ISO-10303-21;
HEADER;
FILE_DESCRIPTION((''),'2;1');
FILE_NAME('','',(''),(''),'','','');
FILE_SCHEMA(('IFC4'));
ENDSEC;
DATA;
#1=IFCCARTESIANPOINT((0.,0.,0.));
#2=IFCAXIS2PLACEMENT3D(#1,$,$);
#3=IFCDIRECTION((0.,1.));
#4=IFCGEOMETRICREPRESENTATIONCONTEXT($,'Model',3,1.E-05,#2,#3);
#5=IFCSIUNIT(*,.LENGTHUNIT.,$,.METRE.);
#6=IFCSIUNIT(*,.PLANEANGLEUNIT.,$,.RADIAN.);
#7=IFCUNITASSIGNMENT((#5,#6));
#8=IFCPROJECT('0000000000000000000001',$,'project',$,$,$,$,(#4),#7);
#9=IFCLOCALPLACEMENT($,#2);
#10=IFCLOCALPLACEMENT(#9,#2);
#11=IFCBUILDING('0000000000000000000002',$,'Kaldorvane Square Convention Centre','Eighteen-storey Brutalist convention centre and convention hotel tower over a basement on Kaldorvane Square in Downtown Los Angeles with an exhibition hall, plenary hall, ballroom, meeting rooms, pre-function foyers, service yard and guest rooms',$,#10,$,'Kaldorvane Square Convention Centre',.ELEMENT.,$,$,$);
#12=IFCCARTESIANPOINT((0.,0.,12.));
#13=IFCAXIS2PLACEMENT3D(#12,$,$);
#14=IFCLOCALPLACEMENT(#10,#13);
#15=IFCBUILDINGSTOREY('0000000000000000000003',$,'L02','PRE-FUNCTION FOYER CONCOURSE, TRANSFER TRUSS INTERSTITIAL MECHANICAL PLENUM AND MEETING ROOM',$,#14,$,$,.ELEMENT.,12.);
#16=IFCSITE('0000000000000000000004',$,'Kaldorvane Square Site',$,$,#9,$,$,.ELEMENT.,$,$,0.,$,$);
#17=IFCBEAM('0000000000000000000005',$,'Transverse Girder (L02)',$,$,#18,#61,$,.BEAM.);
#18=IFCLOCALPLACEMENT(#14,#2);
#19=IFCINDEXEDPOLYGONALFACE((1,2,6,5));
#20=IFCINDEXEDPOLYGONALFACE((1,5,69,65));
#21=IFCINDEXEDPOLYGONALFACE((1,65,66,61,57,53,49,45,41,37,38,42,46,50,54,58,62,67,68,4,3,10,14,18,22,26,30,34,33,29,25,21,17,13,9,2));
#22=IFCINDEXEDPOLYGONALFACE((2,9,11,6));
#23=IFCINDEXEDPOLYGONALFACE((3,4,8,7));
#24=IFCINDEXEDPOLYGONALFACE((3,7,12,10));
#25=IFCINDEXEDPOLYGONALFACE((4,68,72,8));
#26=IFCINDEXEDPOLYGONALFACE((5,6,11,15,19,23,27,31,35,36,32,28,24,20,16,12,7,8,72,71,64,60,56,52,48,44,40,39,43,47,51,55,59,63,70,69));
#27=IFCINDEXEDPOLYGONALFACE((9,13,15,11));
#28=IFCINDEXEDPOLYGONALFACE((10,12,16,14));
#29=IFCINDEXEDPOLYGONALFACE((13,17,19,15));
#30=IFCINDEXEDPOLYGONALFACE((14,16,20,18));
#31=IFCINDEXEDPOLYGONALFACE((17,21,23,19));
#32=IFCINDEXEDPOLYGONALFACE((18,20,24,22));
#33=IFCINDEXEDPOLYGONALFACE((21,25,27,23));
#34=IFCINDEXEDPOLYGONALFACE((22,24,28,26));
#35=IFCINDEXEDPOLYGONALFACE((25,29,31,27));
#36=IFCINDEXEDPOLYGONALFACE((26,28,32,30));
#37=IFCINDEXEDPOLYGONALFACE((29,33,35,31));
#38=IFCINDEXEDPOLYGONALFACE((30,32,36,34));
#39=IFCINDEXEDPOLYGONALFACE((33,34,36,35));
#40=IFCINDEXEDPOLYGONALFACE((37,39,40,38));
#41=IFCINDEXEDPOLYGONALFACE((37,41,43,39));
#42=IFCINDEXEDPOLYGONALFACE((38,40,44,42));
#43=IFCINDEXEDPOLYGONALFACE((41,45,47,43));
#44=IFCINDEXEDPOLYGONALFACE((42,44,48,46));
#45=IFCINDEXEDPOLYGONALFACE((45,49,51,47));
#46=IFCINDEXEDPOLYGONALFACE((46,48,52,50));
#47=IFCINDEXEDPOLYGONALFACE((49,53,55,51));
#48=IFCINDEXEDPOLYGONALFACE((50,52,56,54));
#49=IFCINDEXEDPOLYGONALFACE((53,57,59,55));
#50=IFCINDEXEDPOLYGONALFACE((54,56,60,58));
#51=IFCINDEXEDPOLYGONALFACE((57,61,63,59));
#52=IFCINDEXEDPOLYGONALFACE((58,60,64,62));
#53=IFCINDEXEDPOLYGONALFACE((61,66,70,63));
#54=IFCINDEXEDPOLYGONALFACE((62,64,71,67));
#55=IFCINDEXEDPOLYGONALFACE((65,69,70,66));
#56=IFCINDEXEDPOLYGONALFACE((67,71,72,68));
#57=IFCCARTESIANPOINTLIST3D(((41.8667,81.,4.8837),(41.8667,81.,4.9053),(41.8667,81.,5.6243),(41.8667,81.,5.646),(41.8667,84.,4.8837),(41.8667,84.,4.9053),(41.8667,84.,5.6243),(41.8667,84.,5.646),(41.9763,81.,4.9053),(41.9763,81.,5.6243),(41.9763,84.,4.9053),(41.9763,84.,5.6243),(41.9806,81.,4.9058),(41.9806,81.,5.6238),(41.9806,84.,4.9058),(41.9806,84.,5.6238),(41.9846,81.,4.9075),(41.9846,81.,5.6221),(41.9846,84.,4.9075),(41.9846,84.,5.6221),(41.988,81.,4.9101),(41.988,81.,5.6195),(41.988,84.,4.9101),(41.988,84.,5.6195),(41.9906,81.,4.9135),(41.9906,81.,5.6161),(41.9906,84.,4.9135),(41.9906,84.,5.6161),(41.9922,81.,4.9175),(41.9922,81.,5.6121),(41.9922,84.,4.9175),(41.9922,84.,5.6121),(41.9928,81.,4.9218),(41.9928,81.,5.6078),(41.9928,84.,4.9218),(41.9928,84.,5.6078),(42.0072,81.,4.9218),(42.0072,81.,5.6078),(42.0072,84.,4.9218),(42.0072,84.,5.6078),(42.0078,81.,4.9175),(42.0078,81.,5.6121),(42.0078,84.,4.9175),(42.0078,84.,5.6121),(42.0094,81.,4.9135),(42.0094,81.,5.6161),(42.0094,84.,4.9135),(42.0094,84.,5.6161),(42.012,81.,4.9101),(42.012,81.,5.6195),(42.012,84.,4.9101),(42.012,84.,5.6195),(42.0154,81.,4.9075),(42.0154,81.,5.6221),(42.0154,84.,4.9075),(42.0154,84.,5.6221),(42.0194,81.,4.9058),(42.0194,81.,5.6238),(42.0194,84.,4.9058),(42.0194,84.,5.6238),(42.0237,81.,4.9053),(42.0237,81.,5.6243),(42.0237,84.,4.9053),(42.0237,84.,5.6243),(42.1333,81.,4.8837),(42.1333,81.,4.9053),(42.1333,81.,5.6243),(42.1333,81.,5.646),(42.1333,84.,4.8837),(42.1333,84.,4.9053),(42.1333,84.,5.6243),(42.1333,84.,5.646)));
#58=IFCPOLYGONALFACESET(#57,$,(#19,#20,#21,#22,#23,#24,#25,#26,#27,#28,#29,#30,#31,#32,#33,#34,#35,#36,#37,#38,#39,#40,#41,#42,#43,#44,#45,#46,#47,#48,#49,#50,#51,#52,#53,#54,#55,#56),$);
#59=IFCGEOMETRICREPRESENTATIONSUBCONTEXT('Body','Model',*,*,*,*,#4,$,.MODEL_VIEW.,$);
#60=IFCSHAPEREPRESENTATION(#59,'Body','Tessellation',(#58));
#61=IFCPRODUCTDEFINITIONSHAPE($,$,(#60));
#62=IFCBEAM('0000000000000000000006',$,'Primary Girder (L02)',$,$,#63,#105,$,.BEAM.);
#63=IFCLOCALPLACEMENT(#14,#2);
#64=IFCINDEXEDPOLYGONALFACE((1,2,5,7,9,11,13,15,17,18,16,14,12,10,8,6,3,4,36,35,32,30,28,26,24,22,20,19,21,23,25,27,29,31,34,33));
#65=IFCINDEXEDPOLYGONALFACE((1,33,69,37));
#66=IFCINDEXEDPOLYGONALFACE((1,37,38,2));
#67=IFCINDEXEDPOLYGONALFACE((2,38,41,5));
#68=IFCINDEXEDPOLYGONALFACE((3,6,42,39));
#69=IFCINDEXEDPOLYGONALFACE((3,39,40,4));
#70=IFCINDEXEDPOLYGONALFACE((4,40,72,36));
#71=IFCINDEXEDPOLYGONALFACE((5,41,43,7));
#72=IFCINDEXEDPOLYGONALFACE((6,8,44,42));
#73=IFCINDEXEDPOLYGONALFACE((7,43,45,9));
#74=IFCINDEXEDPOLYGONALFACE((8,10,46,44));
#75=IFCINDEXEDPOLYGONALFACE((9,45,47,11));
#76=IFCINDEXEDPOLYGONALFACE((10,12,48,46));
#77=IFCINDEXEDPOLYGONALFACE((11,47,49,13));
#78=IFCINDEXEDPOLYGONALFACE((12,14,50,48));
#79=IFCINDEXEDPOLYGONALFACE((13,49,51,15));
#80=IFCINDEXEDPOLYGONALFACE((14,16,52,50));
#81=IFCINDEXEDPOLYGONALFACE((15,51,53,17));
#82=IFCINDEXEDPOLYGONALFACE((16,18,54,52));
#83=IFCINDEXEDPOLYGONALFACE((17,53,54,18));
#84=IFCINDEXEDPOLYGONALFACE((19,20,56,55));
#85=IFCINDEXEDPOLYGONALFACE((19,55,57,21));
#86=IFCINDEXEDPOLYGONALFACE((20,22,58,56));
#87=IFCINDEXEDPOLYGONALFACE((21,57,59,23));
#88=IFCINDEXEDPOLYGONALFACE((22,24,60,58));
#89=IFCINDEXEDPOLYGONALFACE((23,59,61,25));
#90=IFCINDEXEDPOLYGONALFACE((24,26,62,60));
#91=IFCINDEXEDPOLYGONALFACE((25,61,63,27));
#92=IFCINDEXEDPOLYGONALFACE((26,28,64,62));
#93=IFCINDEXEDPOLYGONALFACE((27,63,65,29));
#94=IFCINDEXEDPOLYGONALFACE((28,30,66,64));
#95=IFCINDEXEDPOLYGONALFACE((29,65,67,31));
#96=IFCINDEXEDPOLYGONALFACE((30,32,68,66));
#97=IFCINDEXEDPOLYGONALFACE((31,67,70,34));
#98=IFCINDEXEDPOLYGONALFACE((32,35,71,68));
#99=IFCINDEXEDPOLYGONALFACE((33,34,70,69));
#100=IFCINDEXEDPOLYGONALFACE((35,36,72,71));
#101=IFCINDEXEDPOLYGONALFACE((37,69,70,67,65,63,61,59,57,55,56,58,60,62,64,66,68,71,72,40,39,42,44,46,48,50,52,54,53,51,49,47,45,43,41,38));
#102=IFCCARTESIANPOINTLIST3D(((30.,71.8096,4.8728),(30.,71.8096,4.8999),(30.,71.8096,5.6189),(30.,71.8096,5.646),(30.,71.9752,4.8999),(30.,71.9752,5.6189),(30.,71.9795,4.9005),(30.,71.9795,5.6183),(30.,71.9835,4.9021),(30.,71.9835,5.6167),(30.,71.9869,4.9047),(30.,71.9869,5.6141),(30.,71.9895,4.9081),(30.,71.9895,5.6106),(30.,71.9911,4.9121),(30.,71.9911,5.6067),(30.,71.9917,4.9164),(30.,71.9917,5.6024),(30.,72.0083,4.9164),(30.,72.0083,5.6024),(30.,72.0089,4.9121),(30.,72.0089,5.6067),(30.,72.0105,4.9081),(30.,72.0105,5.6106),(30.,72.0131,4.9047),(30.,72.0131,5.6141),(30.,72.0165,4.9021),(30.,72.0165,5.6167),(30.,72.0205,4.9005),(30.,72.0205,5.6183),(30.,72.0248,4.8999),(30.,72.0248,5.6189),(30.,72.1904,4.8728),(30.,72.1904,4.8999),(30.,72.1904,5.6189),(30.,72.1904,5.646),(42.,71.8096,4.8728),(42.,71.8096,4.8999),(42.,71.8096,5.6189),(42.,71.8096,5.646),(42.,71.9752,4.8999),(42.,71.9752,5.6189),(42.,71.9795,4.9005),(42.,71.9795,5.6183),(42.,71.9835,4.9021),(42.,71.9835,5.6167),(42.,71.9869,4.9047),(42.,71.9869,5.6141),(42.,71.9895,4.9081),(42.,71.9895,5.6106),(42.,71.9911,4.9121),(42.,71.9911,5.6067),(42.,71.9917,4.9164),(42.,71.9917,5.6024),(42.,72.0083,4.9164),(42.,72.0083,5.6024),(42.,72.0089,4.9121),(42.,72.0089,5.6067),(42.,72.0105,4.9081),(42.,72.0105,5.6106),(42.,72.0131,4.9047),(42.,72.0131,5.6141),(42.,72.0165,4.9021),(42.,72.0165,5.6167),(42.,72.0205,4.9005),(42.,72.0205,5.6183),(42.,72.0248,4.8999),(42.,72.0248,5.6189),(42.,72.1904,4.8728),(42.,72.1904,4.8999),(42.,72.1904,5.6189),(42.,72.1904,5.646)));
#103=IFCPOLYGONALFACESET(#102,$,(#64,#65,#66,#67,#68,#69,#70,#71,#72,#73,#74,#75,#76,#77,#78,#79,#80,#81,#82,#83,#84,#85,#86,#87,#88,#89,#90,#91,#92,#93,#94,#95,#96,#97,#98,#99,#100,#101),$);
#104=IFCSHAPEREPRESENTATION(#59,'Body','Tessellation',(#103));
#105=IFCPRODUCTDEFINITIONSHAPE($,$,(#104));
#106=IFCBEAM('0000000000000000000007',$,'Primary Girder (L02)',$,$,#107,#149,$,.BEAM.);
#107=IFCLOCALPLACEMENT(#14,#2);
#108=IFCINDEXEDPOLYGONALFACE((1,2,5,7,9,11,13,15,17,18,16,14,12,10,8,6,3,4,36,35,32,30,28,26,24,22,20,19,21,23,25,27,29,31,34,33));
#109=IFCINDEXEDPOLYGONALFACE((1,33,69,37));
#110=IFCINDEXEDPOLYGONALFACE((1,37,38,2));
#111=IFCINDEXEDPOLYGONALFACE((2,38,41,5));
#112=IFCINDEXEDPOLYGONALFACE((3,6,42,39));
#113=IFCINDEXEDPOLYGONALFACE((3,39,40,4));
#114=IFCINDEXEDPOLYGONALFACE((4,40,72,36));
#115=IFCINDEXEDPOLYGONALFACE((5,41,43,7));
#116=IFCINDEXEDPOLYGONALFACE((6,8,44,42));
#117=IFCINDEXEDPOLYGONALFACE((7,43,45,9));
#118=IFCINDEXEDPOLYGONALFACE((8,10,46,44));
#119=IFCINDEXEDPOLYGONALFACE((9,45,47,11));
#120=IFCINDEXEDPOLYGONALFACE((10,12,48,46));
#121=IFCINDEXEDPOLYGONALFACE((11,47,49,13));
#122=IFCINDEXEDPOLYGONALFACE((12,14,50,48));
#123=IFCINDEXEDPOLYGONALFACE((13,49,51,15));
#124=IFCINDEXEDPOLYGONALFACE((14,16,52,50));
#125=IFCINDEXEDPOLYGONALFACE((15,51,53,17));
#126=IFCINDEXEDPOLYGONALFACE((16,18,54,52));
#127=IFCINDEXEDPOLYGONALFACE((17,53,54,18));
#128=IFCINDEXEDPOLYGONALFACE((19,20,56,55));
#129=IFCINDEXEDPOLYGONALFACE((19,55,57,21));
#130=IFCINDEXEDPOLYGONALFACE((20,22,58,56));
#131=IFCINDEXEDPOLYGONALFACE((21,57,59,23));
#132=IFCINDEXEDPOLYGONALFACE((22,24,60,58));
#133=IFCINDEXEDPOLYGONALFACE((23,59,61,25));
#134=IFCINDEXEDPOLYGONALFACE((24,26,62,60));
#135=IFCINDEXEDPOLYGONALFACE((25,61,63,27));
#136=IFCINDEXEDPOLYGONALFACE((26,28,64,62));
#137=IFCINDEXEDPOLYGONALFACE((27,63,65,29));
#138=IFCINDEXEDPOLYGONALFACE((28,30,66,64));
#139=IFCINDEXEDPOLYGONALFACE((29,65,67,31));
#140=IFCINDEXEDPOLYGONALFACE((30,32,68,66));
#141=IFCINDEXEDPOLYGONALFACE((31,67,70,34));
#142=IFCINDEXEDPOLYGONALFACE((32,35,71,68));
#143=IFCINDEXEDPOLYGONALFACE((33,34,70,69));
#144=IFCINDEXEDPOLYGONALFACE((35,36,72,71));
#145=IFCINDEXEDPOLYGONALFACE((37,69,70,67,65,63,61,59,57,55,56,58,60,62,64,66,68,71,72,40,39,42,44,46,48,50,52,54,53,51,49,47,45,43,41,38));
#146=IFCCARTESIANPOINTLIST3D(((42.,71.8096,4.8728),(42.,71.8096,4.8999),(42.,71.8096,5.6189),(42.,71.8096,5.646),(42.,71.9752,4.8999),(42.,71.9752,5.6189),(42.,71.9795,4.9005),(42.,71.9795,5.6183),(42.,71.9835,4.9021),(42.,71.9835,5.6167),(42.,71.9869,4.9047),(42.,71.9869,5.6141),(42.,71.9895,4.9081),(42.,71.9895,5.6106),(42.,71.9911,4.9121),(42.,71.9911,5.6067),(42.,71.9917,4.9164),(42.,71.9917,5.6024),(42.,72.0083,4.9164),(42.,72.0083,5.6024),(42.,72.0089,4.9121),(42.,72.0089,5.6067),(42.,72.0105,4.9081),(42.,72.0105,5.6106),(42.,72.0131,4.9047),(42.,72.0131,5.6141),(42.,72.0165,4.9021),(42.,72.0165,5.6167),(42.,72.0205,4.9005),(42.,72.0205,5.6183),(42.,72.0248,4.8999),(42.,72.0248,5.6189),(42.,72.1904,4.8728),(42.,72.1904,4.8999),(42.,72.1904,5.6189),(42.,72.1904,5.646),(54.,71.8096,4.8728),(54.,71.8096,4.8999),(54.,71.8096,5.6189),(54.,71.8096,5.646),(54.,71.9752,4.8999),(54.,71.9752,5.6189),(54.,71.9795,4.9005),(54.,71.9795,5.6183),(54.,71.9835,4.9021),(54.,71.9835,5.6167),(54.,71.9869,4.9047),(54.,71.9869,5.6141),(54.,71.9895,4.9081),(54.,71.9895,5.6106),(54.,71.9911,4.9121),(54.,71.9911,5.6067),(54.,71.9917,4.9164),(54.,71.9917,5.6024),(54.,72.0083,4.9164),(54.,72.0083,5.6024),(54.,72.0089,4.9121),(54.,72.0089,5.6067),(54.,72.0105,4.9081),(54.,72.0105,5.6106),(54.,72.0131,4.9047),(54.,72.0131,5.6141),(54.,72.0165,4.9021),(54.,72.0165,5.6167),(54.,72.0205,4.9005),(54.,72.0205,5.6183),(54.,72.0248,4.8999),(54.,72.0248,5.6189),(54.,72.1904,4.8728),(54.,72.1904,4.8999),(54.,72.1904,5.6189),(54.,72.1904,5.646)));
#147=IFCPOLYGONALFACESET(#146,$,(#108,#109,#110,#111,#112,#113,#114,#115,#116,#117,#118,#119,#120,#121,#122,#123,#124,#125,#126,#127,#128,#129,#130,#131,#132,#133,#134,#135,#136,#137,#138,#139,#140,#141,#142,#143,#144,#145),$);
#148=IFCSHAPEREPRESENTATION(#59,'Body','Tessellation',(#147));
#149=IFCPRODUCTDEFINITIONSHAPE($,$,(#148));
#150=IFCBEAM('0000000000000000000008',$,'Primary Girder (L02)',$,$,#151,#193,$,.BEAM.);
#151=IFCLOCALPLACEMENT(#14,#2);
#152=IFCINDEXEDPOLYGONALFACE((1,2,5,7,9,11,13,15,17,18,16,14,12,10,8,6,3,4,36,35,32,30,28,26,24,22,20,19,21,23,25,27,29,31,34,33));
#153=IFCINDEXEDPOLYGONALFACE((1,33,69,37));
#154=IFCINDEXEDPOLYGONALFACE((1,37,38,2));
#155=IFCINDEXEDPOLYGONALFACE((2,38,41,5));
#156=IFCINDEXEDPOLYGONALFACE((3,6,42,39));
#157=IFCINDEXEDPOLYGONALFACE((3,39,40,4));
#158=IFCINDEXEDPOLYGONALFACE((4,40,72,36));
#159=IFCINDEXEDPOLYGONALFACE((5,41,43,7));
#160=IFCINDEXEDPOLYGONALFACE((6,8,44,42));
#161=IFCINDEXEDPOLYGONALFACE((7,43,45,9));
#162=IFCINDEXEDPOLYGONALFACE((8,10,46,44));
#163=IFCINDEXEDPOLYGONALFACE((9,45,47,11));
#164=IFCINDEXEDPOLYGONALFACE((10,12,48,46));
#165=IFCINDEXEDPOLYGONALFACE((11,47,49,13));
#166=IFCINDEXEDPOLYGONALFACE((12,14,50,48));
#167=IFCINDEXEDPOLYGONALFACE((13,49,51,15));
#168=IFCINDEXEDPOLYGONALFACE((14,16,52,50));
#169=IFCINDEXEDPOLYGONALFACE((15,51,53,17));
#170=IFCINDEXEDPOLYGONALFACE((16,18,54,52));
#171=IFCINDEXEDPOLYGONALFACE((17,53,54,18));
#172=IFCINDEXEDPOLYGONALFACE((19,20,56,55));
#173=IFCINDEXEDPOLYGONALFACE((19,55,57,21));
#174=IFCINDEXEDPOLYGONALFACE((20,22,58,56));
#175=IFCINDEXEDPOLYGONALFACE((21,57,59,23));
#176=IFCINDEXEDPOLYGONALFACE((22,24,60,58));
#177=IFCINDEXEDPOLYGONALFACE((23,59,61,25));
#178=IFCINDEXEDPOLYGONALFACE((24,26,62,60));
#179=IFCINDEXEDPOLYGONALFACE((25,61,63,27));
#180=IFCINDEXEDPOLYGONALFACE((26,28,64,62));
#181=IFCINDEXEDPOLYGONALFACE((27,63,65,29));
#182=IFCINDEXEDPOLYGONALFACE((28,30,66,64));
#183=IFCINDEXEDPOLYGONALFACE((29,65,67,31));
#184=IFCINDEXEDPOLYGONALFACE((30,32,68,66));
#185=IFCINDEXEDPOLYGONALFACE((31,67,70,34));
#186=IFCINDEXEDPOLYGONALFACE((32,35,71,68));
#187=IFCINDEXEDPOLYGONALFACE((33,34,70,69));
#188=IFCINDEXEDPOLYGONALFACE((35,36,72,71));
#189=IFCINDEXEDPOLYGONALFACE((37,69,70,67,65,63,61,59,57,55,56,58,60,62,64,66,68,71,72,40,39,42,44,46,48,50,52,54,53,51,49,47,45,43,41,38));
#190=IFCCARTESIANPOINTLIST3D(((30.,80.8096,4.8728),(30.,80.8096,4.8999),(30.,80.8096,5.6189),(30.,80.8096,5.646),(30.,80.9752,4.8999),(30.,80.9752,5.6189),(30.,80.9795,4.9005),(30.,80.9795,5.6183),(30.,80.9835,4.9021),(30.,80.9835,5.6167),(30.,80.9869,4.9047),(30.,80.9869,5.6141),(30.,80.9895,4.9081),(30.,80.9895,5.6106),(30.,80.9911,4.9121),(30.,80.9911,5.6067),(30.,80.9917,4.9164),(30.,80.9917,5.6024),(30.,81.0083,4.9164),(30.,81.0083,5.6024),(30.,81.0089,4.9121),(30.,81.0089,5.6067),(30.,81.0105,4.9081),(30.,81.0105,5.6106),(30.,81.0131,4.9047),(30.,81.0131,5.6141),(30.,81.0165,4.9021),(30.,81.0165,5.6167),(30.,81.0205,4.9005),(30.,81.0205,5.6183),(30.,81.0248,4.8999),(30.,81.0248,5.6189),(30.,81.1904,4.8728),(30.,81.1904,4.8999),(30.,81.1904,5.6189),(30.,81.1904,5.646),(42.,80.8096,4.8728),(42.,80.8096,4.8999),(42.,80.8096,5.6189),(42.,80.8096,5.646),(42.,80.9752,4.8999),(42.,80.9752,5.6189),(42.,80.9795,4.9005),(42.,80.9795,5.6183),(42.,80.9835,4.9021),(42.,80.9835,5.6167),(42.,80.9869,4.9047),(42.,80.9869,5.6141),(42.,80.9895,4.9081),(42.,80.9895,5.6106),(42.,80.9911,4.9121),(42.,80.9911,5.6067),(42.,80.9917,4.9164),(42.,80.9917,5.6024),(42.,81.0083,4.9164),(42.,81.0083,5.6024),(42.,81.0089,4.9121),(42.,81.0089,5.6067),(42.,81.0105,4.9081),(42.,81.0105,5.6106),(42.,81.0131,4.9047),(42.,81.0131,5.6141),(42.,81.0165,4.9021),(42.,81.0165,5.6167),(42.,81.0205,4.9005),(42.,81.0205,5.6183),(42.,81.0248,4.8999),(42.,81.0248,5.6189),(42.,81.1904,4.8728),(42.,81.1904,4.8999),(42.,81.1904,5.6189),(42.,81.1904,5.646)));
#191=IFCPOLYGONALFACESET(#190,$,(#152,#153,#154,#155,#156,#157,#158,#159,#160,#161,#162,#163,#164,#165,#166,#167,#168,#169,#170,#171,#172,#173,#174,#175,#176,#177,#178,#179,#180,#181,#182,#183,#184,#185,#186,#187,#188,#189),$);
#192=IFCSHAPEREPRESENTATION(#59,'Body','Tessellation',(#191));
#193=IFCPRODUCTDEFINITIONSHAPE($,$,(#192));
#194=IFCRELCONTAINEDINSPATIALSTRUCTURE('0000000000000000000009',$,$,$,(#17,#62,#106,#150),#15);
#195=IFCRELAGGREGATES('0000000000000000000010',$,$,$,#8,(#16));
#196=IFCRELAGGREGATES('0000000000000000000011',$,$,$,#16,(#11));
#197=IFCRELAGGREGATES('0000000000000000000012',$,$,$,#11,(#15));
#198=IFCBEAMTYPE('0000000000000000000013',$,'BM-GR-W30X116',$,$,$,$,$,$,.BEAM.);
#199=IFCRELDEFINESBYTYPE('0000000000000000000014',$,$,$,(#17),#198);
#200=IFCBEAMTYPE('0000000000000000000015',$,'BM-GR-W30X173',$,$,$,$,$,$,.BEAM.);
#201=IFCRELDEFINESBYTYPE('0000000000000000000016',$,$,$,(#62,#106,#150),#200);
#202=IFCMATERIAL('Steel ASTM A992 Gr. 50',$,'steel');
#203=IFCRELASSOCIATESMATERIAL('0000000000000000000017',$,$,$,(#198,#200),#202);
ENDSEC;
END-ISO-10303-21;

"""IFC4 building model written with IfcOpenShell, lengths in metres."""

from ifc_helpers import new_model, si_unit, direction, frame, origin, origin_2d, place, context, subcontext, project, spatial, i_section, extrude, material, material_profile, profile_set, type_object, element, save


model = new_model("IFC4")

# Units and contexts
model_context = context("Model", 3, precision=1e-05, world=origin(), true_north=direction((0.0, 1.0)))
body_context = subcontext(model_context, "Body", "Model", "MODEL_VIEW")
ifc_project = project(units=[si_unit("LENGTHUNIT", "METRE"), si_unit("PLANEANGLEUNIT", "RADIAN")], contexts=[model_context])

# Site, building, storey
site_placement = place(None, origin())
site = spatial("IfcSite", under=ifc_project, at=site_placement, Name="Kaldorvane Square Site", CompositionType="ELEMENT", RefElevation=0.0)
building_placement = place(site_placement, origin())
building = spatial("IfcBuilding", under=site, at=building_placement, Name="Kaldorvane Square Convention Centre", Description="Eighteen-storey Brutalist convention centre and convention hotel tower over a basement on Kaldorvane Square in Downtown Los Angeles with an exhibition hall, plenary hall, ballroom, meeting rooms, pre-function foyers, service yard and guest rooms", LongName="Kaldorvane Square Convention Centre", CompositionType="ELEMENT")
storey_placement = place(building_placement, frame((0.0, 0.0, 12.0)))
storey = spatial("IfcBuildingStorey", under=building, at=storey_placement, Name="L02", Description="PRE-FUNCTION FOYER CONCOURSE, TRANSFER TRUSS INTERSTITIAL MECHANICAL PLENUM AND MEETING ROOM", CompositionType="ELEMENT", Elevation=12.0)

# Shared definitions
ifc_material_1 = material(Name="Steel ASTM A992 Gr. 50", Category="steel")

# Beams
ifc_material_profile_1 = material_profile(ifc_material_1, i_section(OverallWidth=0.2666, OverallDepth=0.7623, WebThickness=0.0144, FlangeThickness=0.0216, FilletRadius=0.0165, at=origin_2d()), Name="W30X116")
ifc_profile_set_1 = profile_set([ifc_material_profile_1], Name="Steel ASTM A992 Gr. 50")
beam_type_1 = type_object("IfcBeamType", Name="BM-GR-W30X116", PredefinedType="BEAM", material=ifc_profile_set_1)
beam_1_placement = place(storey_placement, frame((42.0, 81.0, 5.2648), z_axis=(0.0, 1.0, 0.0), x_axis=(-1.0, 0.0, 0.0)))
element("IfcBeam", 1, at=beam_1_placement, inside=storey, type_object=beam_type_1, Name="Transverse Girder (L02)", PredefinedType="BEAM", context=body_context, shape_type="SweptSolid", body=[
    extrude(i_section(OverallWidth=0.2666, OverallDepth=0.7623, WebThickness=0.0144, FlangeThickness=0.0216, FilletRadius=0.0165, at=origin_2d()), origin(), (0.0, 0.0, 1.0), 3.0),
])
ifc_material_profile_2 = material_profile(ifc_material_1, i_section(OverallWidth=0.3807, OverallDepth=0.7732, WebThickness=0.0166, FlangeThickness=0.0271, FilletRadius=0.0165, at=origin_2d()), Name="W30X173")
ifc_profile_set_2 = profile_set([ifc_material_profile_2], Name="Steel ASTM A992 Gr. 50")
beam_type_2 = type_object("IfcBeamType", Name="BM-GR-W30X173", PredefinedType="BEAM", material=ifc_profile_set_2)
for number, where, z_axis, x_axis, name in (
    (2, (30.0, 72.0, 5.2594), (1.0, 0.0, 0.0), (0.0, 1.0, 0.0), "Primary Girder (L02)"),
    (3, (42.0, 72.0, 5.2594), (1.0, 0.0, 0.0), (0.0, 1.0, 0.0), "Primary Girder (L02)"),
    (4, (30.0, 81.0, 5.2594), (1.0, 0.0, 0.0), (0.0, 1.0, 0.0), "Primary Girder (L02)"),
):
    element("IfcBeam", number, at=place(storey_placement, frame(where, z_axis=z_axis, x_axis=x_axis)), inside=storey, type_object=beam_type_2, Name=name, PredefinedType="BEAM", context=body_context, shape_type="SweptSolid", body=[
        extrude(i_section(OverallWidth=0.3807, OverallDepth=0.7732, WebThickness=0.0166, FlangeThickness=0.0271, FilletRadius=0.0165, at=origin_2d()), origin(), (0.0, 0.0, 1.0), 12.0),
    ])

save(model, "model.ifc")
